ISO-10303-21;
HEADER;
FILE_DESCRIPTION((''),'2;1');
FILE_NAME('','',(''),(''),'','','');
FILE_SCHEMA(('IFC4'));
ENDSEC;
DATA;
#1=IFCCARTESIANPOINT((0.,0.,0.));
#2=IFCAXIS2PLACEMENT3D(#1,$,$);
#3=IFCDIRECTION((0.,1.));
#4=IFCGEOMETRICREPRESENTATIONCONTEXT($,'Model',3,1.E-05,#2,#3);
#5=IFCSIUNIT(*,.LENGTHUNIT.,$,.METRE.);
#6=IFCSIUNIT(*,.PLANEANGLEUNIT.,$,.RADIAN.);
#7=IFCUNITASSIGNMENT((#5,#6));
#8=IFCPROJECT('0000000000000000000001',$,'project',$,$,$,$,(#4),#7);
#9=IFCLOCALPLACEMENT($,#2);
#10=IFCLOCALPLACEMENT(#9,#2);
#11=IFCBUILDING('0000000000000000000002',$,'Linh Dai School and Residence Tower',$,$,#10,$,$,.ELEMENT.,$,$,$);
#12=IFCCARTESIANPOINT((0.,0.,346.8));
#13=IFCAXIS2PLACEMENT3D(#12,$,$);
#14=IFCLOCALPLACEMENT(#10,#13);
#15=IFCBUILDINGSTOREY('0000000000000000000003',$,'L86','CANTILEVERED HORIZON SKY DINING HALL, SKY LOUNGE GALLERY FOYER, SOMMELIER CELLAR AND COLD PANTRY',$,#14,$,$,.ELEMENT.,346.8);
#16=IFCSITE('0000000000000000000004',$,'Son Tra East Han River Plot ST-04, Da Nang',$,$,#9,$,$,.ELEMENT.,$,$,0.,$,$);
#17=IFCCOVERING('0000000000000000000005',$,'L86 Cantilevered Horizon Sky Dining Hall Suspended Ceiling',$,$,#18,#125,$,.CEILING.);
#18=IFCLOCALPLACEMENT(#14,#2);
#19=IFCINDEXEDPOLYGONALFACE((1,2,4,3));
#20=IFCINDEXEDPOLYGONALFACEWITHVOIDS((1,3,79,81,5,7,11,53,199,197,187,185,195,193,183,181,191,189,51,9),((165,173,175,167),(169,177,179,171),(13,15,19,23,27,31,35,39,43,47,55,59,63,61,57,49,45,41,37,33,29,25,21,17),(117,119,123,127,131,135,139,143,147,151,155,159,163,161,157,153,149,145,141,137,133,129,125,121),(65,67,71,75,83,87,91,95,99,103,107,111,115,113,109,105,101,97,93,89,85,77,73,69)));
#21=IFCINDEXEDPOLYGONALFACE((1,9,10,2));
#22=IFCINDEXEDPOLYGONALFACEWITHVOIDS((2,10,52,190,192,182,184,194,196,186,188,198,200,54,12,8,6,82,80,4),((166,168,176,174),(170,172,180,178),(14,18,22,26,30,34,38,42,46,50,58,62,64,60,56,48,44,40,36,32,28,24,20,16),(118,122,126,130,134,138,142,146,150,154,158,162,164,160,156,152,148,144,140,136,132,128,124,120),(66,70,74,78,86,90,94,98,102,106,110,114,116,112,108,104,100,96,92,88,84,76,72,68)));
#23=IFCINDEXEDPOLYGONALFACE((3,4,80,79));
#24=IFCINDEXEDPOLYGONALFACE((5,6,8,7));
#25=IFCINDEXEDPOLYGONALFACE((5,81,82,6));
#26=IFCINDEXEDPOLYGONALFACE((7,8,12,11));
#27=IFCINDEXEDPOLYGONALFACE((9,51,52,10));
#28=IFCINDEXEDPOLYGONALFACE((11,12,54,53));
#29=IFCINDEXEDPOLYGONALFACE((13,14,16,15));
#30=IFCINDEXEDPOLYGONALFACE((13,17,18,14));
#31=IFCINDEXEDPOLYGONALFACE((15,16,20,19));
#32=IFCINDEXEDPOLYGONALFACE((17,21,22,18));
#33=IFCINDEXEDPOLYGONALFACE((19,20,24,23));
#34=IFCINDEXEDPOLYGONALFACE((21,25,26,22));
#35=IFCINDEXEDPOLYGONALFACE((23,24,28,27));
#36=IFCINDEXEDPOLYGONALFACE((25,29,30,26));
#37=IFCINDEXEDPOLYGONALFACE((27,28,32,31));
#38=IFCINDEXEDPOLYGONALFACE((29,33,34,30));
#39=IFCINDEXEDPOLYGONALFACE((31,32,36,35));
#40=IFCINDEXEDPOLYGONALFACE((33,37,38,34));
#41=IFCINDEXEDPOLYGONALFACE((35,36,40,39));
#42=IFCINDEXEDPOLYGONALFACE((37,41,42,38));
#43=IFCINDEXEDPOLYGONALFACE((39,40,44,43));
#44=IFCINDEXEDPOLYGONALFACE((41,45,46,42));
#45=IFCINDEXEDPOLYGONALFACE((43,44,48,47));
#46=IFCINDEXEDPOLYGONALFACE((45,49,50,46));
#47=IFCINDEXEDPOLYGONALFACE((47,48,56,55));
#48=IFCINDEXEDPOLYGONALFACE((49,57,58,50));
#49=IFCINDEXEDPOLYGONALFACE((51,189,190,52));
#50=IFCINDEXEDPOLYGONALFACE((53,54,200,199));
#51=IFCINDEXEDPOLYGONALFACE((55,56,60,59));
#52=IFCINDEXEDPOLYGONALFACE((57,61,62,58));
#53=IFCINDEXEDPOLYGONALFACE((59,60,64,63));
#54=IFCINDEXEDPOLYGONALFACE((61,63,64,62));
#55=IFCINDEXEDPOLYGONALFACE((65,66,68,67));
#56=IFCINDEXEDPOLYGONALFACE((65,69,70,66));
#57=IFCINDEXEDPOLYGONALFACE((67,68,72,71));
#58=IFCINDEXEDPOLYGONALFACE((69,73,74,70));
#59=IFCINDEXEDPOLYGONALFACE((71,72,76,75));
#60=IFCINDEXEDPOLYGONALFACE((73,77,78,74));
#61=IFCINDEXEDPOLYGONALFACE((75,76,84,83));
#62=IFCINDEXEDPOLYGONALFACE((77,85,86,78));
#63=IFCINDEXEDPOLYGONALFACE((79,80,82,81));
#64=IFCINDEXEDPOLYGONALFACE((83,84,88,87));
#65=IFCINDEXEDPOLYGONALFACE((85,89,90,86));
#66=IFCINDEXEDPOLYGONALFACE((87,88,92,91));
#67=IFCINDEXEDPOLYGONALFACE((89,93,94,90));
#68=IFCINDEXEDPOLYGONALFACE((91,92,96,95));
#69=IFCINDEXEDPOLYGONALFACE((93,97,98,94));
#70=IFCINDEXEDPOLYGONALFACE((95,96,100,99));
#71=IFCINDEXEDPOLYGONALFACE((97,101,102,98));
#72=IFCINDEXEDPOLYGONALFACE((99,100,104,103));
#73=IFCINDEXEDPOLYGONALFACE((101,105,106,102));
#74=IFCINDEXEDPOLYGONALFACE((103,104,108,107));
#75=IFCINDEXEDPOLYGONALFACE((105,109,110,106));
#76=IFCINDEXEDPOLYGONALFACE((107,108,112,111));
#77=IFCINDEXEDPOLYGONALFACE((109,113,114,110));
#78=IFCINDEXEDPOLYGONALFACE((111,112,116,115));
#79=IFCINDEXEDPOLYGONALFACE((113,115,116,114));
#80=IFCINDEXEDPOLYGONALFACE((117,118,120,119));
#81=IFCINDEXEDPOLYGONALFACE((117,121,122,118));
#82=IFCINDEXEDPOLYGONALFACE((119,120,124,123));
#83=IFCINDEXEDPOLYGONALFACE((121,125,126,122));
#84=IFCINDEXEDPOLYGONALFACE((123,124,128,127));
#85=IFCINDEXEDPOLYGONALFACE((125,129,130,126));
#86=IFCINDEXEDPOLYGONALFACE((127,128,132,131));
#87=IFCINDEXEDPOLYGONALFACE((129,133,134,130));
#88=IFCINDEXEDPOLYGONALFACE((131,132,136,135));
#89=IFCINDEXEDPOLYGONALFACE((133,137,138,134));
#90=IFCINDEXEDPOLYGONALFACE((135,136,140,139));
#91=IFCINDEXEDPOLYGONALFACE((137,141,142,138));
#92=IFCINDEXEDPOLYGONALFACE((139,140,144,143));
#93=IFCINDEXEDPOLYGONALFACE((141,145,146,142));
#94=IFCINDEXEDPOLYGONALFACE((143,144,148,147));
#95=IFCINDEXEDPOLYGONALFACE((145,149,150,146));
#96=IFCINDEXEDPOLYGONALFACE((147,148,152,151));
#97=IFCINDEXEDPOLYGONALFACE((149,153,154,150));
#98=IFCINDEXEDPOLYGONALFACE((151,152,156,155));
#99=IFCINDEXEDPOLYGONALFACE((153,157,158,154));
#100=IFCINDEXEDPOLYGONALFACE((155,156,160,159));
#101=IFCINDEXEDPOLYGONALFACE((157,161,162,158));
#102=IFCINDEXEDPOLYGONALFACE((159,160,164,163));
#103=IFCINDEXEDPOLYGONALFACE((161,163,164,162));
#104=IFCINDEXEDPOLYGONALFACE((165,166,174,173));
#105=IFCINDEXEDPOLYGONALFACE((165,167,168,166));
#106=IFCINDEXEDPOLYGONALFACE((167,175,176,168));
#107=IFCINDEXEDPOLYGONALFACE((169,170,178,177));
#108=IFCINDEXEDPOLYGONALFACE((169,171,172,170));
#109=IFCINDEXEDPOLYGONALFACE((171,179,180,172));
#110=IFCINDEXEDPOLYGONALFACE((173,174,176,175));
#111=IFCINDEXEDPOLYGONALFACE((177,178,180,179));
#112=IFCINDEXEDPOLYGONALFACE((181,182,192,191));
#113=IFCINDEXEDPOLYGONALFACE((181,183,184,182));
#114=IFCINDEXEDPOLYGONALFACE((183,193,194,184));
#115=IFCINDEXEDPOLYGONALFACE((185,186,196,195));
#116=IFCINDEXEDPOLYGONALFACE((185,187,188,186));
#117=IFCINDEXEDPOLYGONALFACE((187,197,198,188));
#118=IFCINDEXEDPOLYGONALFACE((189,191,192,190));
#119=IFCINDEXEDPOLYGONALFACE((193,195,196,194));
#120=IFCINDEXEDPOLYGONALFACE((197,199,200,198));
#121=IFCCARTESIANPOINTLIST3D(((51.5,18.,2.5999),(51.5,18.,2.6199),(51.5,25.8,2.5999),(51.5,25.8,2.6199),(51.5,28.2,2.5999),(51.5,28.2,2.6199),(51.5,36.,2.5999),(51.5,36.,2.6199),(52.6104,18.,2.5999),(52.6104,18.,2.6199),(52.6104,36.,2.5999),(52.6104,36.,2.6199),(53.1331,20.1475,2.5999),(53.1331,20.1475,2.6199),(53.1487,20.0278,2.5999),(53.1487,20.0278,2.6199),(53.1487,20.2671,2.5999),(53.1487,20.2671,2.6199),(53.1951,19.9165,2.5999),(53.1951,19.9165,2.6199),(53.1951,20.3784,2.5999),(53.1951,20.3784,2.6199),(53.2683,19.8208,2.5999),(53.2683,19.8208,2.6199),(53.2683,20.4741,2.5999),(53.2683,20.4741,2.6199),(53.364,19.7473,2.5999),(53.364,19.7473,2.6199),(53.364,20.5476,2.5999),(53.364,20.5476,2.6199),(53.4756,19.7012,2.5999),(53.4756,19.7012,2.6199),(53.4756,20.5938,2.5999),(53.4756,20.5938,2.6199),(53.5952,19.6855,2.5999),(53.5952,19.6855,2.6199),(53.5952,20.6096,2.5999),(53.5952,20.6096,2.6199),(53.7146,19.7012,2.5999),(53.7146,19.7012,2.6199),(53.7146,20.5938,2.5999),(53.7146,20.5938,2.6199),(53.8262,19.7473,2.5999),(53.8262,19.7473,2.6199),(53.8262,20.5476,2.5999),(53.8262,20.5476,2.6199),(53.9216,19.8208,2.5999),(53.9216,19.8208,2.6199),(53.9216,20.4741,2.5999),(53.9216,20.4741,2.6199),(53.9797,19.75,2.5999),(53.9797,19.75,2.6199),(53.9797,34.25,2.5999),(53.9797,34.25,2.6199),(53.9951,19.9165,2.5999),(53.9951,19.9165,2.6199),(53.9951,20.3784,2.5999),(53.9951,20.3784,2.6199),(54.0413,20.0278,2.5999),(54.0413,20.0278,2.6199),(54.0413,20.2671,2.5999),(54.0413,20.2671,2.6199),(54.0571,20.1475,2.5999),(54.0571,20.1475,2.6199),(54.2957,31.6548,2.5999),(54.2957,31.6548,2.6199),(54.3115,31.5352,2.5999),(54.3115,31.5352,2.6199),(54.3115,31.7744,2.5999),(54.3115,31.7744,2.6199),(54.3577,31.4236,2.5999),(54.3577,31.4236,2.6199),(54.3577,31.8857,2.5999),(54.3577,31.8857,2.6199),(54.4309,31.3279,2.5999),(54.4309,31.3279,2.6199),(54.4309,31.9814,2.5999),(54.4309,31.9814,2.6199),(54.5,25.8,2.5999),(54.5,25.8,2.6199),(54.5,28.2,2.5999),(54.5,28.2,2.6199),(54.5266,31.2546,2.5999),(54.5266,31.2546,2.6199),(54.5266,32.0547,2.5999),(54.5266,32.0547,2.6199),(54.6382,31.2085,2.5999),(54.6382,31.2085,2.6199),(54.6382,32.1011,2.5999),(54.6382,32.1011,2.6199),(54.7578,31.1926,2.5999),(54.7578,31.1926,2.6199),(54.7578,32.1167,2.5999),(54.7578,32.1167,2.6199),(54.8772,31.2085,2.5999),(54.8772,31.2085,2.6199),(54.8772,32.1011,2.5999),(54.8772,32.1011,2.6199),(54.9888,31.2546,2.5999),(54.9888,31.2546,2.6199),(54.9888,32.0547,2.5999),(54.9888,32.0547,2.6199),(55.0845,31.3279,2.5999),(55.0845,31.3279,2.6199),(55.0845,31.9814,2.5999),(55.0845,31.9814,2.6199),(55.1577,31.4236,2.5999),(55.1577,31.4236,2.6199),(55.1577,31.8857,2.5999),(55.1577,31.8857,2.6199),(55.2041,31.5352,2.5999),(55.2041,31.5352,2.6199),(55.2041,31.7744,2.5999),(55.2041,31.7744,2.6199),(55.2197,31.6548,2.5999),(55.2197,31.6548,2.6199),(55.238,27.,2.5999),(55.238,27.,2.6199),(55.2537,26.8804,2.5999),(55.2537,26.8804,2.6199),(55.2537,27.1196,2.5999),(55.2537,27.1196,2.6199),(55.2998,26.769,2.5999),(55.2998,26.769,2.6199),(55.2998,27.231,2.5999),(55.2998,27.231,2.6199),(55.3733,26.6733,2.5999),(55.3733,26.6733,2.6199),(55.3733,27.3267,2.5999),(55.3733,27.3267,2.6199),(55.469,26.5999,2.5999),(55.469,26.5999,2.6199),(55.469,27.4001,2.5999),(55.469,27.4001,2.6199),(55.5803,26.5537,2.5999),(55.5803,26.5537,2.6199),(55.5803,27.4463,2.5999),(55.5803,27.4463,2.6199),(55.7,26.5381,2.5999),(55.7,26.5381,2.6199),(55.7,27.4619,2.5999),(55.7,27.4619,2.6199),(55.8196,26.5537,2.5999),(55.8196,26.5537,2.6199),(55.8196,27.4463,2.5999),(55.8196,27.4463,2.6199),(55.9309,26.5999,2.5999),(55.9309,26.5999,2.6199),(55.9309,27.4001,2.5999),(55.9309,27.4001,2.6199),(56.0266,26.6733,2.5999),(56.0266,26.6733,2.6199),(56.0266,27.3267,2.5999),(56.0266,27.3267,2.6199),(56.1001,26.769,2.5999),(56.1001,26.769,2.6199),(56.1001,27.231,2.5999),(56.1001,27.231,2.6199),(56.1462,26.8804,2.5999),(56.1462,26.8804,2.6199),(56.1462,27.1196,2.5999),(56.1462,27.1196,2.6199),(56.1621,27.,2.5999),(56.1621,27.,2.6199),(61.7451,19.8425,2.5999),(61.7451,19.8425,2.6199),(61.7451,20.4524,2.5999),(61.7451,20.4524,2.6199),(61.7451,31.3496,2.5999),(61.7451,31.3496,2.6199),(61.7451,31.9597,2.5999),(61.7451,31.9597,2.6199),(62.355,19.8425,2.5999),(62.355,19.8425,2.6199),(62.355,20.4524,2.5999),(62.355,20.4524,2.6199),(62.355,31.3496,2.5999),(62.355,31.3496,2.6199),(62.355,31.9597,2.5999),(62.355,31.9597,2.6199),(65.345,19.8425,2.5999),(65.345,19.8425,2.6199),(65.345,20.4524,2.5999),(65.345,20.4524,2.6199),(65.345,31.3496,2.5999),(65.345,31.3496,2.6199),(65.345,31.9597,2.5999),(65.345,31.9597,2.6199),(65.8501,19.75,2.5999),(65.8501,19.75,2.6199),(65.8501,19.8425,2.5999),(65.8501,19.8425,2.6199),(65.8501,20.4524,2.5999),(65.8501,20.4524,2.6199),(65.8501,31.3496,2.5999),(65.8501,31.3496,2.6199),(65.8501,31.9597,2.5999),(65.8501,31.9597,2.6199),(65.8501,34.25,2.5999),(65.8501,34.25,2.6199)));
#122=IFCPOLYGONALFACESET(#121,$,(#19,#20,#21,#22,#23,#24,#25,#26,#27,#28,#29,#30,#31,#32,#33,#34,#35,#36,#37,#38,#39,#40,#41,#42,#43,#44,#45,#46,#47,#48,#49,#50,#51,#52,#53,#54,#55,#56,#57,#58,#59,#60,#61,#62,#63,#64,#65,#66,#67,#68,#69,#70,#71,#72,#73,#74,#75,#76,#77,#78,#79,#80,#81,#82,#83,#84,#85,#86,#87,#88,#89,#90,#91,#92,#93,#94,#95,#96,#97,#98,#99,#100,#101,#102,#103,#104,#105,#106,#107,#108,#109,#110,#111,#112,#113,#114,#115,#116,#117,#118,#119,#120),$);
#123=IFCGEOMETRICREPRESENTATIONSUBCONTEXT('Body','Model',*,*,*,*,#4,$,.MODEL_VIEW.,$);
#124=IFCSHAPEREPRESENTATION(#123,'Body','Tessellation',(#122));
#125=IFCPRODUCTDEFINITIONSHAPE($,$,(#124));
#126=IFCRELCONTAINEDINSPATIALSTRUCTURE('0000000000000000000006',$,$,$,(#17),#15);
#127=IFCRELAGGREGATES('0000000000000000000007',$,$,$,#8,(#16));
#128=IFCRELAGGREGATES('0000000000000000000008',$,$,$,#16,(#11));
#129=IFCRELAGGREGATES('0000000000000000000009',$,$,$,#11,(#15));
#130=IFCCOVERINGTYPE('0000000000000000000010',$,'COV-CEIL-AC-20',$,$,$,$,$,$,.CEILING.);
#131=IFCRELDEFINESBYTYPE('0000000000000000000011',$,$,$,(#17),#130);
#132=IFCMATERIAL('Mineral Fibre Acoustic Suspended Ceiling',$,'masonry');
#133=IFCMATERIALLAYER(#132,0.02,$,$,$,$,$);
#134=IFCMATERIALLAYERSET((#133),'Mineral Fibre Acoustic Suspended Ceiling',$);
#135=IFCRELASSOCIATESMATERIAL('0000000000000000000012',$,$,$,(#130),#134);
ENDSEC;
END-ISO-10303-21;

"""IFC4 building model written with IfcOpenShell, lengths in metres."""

from ifc_helpers import new_model, si_unit, direction, frame, origin, place, context, subcontext, project, spatial, polyline, outline, extrude, material, layer, layer_set, type_object, element, save


model = new_model("IFC4")

# Units and contexts
model_context = context("Model", 3, precision=1e-05, world=origin(), true_north=direction((0.0, 1.0)))
body_context = subcontext(model_context, "Body", "Model", "MODEL_VIEW")
ifc_project = project(units=[si_unit("LENGTHUNIT", "METRE"), si_unit("PLANEANGLEUNIT", "RADIAN")], contexts=[model_context])

# Site, building, storey
site_placement = place(None, origin())
site = spatial("IfcSite", under=ifc_project, at=site_placement, Name="Son Tra East Han River Plot ST-04, Da Nang", CompositionType="ELEMENT", RefElevation=0.0)
building_placement = place(site_placement, origin())
building = spatial("IfcBuilding", under=site, at=building_placement, Name="Linh Dai School and Residence Tower", CompositionType="ELEMENT")
storey_placement = place(building_placement, frame((0.0, 0.0, 346.8)))
storey = spatial("IfcBuildingStorey", under=building, at=storey_placement, Name="L86", Description="CANTILEVERED HORIZON SKY DINING HALL, SKY LOUNGE GALLERY FOYER, SOMMELIER CELLAR AND COLD PANTRY", CompositionType="ELEMENT", Elevation=346.8)

# Covering
ifc_material_1 = material(Name="Mineral Fibre Acoustic Suspended Ceiling", Category="masonry")
ifc_layer_1 = layer(ifc_material_1, 0.02)
ifc_layer_set_1 = layer_set([ifc_layer_1], Name="Mineral Fibre Acoustic Suspended Ceiling")
covering_type_1 = type_object("IfcCoveringType", Name="COV-CEIL-AC-20", PredefinedType="CEILING", material=ifc_layer_set_1)
covering_1_placement = place(storey_placement, frame((0.0, 0.0, 2.5999)))
element("IfcCovering", 1, at=covering_1_placement, inside=storey, type_object=covering_type_1, Name="L86 Cantilevered Horizon Sky Dining Hall Suspended Ceiling", PredefinedType="CEILING", context=body_context, shape_type="SweptSolid", body=[
    extrude(outline(polyline([(65.8501, 34.25), (65.8501, 31.9597), (65.345, 31.9597), (65.345, 31.3496), (65.8501, 31.3496), (65.8501, 20.4524), (65.345, 20.4524), (65.345, 19.8425), (65.8501, 19.8425), (65.8501, 19.75), (53.9797, 19.75), (52.6104, 18.0), (51.5, 18.0), (51.5, 25.8), (54.5, 25.8), (54.5, 28.2), (51.5, 28.2), (51.5, 36.0), (52.6104, 36.0), (53.9797, 34.25), (65.8501, 34.25)]), holes=[polyline([(61.7451, 20.4524), (61.7451, 19.8425), (62.355, 19.8425), (62.355, 20.4524), (61.7451, 20.4524)]), polyline([(61.7451, 31.9597), (61.7451, 31.3496), (62.355, 31.3496), (62.355, 31.9597), (61.7451, 31.9597)]), polyline([(56.1001, 26.769), (56.1462, 26.8804), (56.1621, 27.0), (56.1462, 27.1196), (56.1001, 27.231), (56.0266, 27.3267), (55.9309, 27.4001), (55.8196, 27.4463), (55.7, 27.4619), (55.5803, 27.4463), (55.469, 27.4001), (55.3733, 27.3267), (55.2998, 27.231), (55.2537, 27.1196), (55.238, 27.0), (55.2537, 26.8804), (55.2998, 26.769), (55.3733, 26.6733), (55.469, 26.5999), (55.5803, 26.5537), (55.7, 26.5381), (55.8196, 26.5537), (55.9309, 26.5999), (56.0266, 26.6733), (56.1001, 26.769)]), polyline([(55.1577, 31.4236), (55.2041, 31.5352), (55.2197, 31.6548), (55.2041, 31.7744), (55.1577, 31.8857), (55.0845, 31.9814), (54.9888, 32.0547), (54.8772, 32.1011), (54.7578, 32.1167), (54.6382, 32.1011), (54.5266, 32.0547), (54.4309, 31.9814), (54.3577, 31.8857), (54.3115, 31.7744), (54.2957, 31.6548), (54.3115, 31.5352), (54.3577, 31.4236), (54.4309, 31.3279), (54.5266, 31.2546), (54.6382, 31.2085), (54.7578, 31.1926), (54.8772, 31.2085), (54.9888, 31.2546), (55.0845, 31.3279), (55.1577, 31.4236)]), polyline([(54.0413, 20.0278), (54.0571, 20.1475), (54.0413, 20.2671), (53.9951, 20.3784), (53.9216, 20.4741), (53.8262, 20.5476), (53.7146, 20.5938), (53.5952, 20.6096), (53.4756, 20.5938), (53.364, 20.5476), (53.2683, 20.4741), (53.1951, 20.3784), (53.1487, 20.2671), (53.1331, 20.1475), (53.1487, 20.0278), (53.1951, 19.9165), (53.2683, 19.8208), (53.364, 19.7473), (53.4756, 19.7012), (53.5952, 19.6855), (53.7146, 19.7012), (53.8262, 19.7473), (53.9216, 19.8208), (53.9951, 19.9165), (54.0413, 20.0278)])]), origin(), (0.0, 0.0, 1.0), 0.02),
])

save(model, "model.ifc")
